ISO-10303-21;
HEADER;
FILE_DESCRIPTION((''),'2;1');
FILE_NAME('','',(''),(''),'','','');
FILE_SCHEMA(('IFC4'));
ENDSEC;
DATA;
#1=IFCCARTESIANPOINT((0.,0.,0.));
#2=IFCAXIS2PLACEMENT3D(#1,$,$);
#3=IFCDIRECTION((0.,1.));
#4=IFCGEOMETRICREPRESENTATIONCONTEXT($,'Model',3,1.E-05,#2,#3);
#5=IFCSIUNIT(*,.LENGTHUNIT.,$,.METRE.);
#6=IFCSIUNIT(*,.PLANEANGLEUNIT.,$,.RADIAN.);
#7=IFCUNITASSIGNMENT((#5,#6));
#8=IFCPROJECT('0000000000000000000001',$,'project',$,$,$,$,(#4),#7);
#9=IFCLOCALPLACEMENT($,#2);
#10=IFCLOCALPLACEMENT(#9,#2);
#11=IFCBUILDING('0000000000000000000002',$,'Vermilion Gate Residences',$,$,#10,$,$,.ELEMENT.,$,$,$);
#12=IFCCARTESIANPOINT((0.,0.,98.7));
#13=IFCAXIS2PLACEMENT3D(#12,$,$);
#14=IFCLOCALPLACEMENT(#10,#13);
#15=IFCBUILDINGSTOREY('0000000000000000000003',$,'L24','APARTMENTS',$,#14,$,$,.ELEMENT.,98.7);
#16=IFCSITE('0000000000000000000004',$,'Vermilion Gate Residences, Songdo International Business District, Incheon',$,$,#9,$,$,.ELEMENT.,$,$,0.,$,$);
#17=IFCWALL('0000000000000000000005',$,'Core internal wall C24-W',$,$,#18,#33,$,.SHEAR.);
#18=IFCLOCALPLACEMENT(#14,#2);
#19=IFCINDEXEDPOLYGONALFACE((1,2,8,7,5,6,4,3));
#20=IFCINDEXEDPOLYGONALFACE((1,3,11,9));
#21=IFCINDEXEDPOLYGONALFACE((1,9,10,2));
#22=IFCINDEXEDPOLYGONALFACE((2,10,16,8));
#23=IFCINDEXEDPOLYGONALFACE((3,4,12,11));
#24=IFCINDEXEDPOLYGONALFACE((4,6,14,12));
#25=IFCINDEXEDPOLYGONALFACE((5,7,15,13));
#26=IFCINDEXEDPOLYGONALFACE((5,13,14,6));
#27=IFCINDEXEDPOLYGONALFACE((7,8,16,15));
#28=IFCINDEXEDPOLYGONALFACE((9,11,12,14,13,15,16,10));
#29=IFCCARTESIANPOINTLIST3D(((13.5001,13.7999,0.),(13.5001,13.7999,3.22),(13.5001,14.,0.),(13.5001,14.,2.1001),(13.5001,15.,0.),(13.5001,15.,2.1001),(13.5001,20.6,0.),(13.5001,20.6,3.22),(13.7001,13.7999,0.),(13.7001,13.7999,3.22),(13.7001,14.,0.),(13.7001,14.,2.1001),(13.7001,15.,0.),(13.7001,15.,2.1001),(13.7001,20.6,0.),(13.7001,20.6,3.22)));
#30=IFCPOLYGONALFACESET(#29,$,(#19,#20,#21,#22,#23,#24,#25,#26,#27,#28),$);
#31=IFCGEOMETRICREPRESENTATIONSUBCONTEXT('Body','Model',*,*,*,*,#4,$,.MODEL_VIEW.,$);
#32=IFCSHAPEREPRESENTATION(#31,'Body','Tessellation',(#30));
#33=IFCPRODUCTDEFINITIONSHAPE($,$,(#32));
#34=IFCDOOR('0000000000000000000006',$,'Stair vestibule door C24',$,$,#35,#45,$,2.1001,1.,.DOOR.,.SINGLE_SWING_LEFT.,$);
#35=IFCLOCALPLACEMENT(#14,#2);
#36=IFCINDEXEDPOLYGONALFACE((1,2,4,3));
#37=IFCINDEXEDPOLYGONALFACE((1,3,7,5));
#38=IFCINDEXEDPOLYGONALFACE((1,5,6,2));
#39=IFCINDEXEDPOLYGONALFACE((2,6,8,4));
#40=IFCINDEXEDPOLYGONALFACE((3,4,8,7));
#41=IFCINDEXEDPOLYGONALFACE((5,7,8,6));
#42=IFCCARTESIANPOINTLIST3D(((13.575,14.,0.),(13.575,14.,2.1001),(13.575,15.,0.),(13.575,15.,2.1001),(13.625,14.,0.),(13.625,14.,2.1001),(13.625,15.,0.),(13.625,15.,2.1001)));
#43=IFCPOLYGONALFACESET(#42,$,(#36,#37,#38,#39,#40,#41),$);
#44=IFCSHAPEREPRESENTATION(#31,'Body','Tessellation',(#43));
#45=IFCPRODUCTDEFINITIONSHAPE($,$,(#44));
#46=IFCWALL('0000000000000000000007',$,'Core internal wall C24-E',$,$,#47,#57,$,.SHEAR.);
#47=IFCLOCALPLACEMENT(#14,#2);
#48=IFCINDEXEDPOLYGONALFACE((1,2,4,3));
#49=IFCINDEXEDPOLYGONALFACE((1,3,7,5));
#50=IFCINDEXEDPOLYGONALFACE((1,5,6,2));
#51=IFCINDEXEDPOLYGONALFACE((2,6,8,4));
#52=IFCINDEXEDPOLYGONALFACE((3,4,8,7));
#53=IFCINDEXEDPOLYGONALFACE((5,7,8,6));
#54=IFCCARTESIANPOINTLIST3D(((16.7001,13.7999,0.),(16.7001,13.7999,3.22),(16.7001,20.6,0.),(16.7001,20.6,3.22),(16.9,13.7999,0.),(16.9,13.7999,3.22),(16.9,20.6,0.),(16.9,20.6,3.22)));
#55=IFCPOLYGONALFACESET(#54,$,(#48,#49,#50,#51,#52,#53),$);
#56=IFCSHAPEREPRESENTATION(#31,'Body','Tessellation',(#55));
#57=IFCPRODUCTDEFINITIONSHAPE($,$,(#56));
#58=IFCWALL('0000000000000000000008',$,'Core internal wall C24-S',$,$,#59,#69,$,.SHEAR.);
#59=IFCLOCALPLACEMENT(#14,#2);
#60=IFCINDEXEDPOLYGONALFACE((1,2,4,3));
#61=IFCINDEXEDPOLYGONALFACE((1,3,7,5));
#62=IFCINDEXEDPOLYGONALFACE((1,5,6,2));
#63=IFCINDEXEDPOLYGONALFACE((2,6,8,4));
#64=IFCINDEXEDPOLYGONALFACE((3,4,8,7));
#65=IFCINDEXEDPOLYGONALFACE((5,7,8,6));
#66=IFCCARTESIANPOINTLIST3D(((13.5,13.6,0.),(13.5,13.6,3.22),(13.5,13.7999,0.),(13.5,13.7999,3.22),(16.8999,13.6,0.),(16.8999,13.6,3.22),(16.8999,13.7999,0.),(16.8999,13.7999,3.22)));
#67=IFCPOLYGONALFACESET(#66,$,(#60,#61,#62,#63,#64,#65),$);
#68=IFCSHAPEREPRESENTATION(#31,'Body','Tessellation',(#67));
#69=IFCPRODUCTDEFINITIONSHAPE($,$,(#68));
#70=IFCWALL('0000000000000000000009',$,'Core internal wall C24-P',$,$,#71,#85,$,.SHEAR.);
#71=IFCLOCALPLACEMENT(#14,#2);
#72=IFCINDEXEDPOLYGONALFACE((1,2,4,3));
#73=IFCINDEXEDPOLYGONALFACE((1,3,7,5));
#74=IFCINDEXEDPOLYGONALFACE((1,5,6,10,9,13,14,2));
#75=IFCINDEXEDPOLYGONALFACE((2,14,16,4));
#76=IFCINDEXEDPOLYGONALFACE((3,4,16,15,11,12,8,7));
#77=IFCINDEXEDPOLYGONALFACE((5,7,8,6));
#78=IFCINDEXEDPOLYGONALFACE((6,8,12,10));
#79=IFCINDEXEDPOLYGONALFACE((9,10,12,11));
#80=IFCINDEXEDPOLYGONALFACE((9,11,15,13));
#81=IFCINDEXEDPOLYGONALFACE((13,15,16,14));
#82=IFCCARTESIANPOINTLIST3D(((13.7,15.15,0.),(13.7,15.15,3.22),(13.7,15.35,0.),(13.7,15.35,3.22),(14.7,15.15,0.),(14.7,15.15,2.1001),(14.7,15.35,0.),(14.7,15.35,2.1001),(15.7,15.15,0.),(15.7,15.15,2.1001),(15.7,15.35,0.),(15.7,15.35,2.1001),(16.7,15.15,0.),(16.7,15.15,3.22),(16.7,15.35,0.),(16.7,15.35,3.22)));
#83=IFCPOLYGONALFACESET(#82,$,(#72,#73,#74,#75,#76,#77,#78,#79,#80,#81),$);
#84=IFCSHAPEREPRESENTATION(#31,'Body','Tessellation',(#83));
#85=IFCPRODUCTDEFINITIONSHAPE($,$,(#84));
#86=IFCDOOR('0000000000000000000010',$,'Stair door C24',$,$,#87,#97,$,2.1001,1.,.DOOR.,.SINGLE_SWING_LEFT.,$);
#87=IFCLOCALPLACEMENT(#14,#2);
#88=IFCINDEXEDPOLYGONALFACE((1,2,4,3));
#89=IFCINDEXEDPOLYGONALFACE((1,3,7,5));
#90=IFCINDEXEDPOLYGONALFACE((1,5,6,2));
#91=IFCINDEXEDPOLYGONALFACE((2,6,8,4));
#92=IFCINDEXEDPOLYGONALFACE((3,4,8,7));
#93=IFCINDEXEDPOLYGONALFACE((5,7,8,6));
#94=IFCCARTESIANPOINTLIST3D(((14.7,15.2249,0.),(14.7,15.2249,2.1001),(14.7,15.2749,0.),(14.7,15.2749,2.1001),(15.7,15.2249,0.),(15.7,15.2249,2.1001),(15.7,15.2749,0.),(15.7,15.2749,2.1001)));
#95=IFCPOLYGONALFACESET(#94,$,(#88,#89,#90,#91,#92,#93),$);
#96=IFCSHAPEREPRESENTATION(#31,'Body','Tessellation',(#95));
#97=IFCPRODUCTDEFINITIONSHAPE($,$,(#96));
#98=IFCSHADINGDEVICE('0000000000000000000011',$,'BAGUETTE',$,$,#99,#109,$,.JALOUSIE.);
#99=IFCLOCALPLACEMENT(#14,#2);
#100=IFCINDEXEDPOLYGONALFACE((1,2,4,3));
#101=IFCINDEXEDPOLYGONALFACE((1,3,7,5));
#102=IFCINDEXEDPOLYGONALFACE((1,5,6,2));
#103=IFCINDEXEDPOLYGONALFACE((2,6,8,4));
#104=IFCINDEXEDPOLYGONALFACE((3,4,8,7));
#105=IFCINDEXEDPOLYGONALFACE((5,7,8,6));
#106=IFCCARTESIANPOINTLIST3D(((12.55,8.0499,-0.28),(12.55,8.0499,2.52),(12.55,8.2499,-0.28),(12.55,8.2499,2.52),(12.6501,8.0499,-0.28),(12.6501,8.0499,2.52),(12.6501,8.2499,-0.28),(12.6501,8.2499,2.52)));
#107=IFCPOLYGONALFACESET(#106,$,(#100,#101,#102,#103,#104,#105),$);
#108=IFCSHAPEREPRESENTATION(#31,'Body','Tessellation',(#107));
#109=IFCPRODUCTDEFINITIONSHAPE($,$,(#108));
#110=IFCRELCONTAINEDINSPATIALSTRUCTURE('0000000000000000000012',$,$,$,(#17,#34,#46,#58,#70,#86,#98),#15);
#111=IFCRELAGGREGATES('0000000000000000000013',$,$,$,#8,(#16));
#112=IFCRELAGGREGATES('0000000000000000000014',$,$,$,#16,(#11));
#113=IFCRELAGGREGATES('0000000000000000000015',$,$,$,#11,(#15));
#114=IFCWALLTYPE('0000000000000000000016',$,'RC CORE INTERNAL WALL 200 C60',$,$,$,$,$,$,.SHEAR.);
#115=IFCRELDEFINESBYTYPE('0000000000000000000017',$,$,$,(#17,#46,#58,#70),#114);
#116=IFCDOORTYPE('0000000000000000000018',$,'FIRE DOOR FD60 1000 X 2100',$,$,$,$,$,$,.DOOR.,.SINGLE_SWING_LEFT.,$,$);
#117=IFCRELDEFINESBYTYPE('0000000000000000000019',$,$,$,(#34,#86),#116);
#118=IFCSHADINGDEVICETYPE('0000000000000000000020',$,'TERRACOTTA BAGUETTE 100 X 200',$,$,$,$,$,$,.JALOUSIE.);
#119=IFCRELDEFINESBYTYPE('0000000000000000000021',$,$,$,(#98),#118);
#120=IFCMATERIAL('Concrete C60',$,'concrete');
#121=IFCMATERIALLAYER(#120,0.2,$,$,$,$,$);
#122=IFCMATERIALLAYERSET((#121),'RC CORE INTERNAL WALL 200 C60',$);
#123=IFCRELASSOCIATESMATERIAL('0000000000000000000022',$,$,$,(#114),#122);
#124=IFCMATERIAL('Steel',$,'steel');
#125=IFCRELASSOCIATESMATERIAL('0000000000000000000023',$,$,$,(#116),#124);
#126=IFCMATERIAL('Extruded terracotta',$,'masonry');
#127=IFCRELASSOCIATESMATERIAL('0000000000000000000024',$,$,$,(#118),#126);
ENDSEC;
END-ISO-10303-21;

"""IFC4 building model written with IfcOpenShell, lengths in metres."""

from ifc_helpers import new_model, si_unit, direction, frame, frame_2d, origin, origin_2d, place, context, subcontext, project, spatial, rectangle, extrude, material, layer, layer_set, material_profile, profile_set, type_object, element, fill, save


model = new_model("IFC4")

# Units and contexts
model_context = context("Model", 3, precision=1e-05, world=origin(), true_north=direction((0.0, 1.0)))
body_context = subcontext(model_context, "Body", "Model", "MODEL_VIEW")
ifc_project = project(units=[si_unit("LENGTHUNIT", "METRE"), si_unit("PLANEANGLEUNIT", "RADIAN")], contexts=[model_context])

# Site, building, storey
site_placement = place(None, origin())
site = spatial("IfcSite", under=ifc_project, at=site_placement, Name="Vermilion Gate Residences, Songdo International Business District, Incheon", CompositionType="ELEMENT", RefElevation=0.0)
building_placement = place(site_placement, origin())
building = spatial("IfcBuilding", under=site, at=building_placement, Name="Vermilion Gate Residences", CompositionType="ELEMENT")
storey_placement = place(building_placement, frame((0.0, 0.0, 98.7)))
storey = spatial("IfcBuildingStorey", under=building, at=storey_placement, Name="L24", Description="APARTMENTS", CompositionType="ELEMENT", Elevation=98.7)

# Wall, opening, door
ifc_material_1 = material(Name="Concrete C60", Category="concrete")
ifc_layer_1 = layer(ifc_material_1, 0.2)
ifc_layer_set_1 = layer_set([ifc_layer_1], Name="RC CORE INTERNAL WALL 200 C60")
wall_type_1 = type_object("IfcWallType", Name="RC CORE INTERNAL WALL 200 C60", PredefinedType="SHEAR", material=ifc_layer_set_1)
wall_1_placement = place(storey_placement, frame((13.6001, 13.8, 0.0), z_axis=(0.0, 0.0, 1.0), x_axis=(0.0, 1.0, 0.0)))
wall_1 = element("IfcWall", 1, at=wall_1_placement, inside=storey, type_object=wall_type_1, Name="Core internal wall C24-W", PredefinedType="SHEAR", context=body_context, shape_type="SweptSolid", body=[
    extrude(rectangle(XDim=6.8, YDim=0.2, at=frame_2d((3.3999, 0.0))), origin(), (0.0, 0.0, 1.0), 3.22),
])
opening_1_placement = place(wall_1_placement, frame((0.2, 0.0, 0.0)))
opening_1 = element("IfcOpeningElement", 2, at=opening_1_placement, cuts=wall_1, PredefinedType="OPENING", context=body_context, shape_type="SweptSolid", body=[
    extrude(rectangle(XDim=1.0, YDim=2.1001, at=frame_2d((0.5, 1.05))), frame((0.0, 0.1099, 0.0), z_axis=(0.0, -1.0, 0.0), x_axis=(1.0, 0.0, 0.0)), (0.0, 0.0, 1.0), 0.22),
])
ifc_material_2 = material(Name="Steel", Category="steel")
door_type_1 = type_object("IfcDoorType", Name="FIRE DOOR FD60 1000 X 2100", OperationType="SINGLE_SWING_LEFT", PredefinedType="DOOR", material=ifc_material_2)
door_1_placement = place(opening_1_placement, frame((1.0, 0.0, 0.0), z_axis=(0.0, 0.0, 1.0), x_axis=(-1.0, 0.0, 0.0)))
door_1 = element("IfcDoor", 3, at=door_1_placement, inside=storey, type_object=door_type_1, Name="Stair vestibule door C24", OperationType="SINGLE_SWING_LEFT", OverallHeight=2.1001, OverallWidth=1.0, PredefinedType="DOOR", context=body_context, shape_type="SweptSolid", body=[
    extrude(rectangle(XDim=1.0, YDim=2.1001, at=frame_2d((0.5, 1.05))), frame((0.0, 0.0249, 0.0), z_axis=(0.0, -1.0, 0.0), x_axis=(1.0, 0.0, 0.0)), (0.0, 0.0, 1.0), 0.05),
])
fill(opening_1, door_1)

# Walls
wall_2_placement = place(storey_placement, frame((16.8, 13.8, 0.0), z_axis=(0.0, 0.0, 1.0), x_axis=(0.0, 1.0, 0.0)))
element("IfcWall", 4, at=wall_2_placement, inside=storey, type_object=wall_type_1, Name="Core internal wall C24-E", PredefinedType="SHEAR", context=body_context, shape_type="SweptSolid", body=[
    extrude(rectangle(XDim=6.8, YDim=0.2, at=frame_2d((3.3999, 0.0))), origin(), (0.0, 0.0, 1.0), 3.22),
])
wall_3_placement = place(storey_placement, frame((13.5, 13.7, 0.0), z_axis=(0.0, 0.0, 1.0), x_axis=(1.0, 0.0, 0.0)))
element("IfcWall", 5, at=wall_3_placement, inside=storey, type_object=wall_type_1, Name="Core internal wall C24-S", PredefinedType="SHEAR", context=body_context, shape_type="SweptSolid", body=[
    extrude(rectangle(XDim=3.3999, YDim=0.2, at=frame_2d((1.7, 0.0))), origin(), (0.0, 0.0, 1.0), 3.22),
])

# Wall, opening, door
wall_4_placement = place(storey_placement, frame((13.7, 15.25, 0.0), z_axis=(0.0, 0.0, 1.0), x_axis=(1.0, 0.0, 0.0)))
wall_4 = element("IfcWall", 6, at=wall_4_placement, inside=storey, type_object=wall_type_1, Name="Core internal wall C24-P", PredefinedType="SHEAR", context=body_context, shape_type="SweptSolid", body=[
    extrude(rectangle(XDim=3.0, YDim=0.2, at=frame_2d((1.5, 0.0))), origin(), (0.0, 0.0, 1.0), 3.22),
])
opening_2_placement = place(wall_4_placement, frame((1.0, 0.0, 0.0)))
opening_2 = element("IfcOpeningElement", 7, at=opening_2_placement, cuts=wall_4, PredefinedType="OPENING", context=body_context, shape_type="SweptSolid", body=[
    extrude(rectangle(XDim=1.0, YDim=2.1001, at=frame_2d((0.5, 1.05))), frame((0.0, 0.1099, 0.0), z_axis=(0.0, -1.0, 0.0), x_axis=(1.0, 0.0, 0.0)), (0.0, 0.0, 1.0), 0.22),
])
door_2_placement = place(opening_2_placement, origin())
door_2 = element("IfcDoor", 8, at=door_2_placement, inside=storey, type_object=door_type_1, Name="Stair door C24", OperationType="SINGLE_SWING_LEFT", OverallHeight=2.1001, OverallWidth=1.0, PredefinedType="DOOR", context=body_context, shape_type="SweptSolid", body=[
    extrude(rectangle(XDim=1.0, YDim=2.1001, at=frame_2d((0.5, 1.05))), frame((0.0, 0.0249, 0.0), z_axis=(0.0, -1.0, 0.0), x_axis=(1.0, 0.0, 0.0)), (0.0, 0.0, 1.0), 0.05),
])
fill(opening_2, door_2)

# Shading device
ifc_material_3 = material(Name="Extruded terracotta", Category="masonry")
ifc_material_profile_1 = material_profile(ifc_material_3, rectangle(XDim=0.2, YDim=0.1001, at=origin_2d()), Name="BAGUETTE 100 X 200")
ifc_profile_set_1 = profile_set([ifc_material_profile_1], Name="Extruded terracotta")
shading_device_type = type_object("IfcShadingDeviceType", Name="TERRACOTTA BAGUETTE 100 X 200", PredefinedType="JALOUSIE", material=ifc_profile_set_1)
shading_device_placement = place(storey_placement, frame((12.6001, 8.1499, -0.28), z_axis=(0.0, 0.0, 1.0), x_axis=(0.0, 1.0, 0.0)))
element("IfcShadingDevice", 9, at=shading_device_placement, inside=storey, type_object=shading_device_type, Name="BAGUETTE", PredefinedType="JALOUSIE", context=body_context, shape_type="SweptSolid", body=[
    extrude(rectangle(XDim=0.2, YDim=0.1001, at=origin_2d()), origin(), (0.0, 0.0, 1.0), 2.8),
])

save(model, "model.ifc")
